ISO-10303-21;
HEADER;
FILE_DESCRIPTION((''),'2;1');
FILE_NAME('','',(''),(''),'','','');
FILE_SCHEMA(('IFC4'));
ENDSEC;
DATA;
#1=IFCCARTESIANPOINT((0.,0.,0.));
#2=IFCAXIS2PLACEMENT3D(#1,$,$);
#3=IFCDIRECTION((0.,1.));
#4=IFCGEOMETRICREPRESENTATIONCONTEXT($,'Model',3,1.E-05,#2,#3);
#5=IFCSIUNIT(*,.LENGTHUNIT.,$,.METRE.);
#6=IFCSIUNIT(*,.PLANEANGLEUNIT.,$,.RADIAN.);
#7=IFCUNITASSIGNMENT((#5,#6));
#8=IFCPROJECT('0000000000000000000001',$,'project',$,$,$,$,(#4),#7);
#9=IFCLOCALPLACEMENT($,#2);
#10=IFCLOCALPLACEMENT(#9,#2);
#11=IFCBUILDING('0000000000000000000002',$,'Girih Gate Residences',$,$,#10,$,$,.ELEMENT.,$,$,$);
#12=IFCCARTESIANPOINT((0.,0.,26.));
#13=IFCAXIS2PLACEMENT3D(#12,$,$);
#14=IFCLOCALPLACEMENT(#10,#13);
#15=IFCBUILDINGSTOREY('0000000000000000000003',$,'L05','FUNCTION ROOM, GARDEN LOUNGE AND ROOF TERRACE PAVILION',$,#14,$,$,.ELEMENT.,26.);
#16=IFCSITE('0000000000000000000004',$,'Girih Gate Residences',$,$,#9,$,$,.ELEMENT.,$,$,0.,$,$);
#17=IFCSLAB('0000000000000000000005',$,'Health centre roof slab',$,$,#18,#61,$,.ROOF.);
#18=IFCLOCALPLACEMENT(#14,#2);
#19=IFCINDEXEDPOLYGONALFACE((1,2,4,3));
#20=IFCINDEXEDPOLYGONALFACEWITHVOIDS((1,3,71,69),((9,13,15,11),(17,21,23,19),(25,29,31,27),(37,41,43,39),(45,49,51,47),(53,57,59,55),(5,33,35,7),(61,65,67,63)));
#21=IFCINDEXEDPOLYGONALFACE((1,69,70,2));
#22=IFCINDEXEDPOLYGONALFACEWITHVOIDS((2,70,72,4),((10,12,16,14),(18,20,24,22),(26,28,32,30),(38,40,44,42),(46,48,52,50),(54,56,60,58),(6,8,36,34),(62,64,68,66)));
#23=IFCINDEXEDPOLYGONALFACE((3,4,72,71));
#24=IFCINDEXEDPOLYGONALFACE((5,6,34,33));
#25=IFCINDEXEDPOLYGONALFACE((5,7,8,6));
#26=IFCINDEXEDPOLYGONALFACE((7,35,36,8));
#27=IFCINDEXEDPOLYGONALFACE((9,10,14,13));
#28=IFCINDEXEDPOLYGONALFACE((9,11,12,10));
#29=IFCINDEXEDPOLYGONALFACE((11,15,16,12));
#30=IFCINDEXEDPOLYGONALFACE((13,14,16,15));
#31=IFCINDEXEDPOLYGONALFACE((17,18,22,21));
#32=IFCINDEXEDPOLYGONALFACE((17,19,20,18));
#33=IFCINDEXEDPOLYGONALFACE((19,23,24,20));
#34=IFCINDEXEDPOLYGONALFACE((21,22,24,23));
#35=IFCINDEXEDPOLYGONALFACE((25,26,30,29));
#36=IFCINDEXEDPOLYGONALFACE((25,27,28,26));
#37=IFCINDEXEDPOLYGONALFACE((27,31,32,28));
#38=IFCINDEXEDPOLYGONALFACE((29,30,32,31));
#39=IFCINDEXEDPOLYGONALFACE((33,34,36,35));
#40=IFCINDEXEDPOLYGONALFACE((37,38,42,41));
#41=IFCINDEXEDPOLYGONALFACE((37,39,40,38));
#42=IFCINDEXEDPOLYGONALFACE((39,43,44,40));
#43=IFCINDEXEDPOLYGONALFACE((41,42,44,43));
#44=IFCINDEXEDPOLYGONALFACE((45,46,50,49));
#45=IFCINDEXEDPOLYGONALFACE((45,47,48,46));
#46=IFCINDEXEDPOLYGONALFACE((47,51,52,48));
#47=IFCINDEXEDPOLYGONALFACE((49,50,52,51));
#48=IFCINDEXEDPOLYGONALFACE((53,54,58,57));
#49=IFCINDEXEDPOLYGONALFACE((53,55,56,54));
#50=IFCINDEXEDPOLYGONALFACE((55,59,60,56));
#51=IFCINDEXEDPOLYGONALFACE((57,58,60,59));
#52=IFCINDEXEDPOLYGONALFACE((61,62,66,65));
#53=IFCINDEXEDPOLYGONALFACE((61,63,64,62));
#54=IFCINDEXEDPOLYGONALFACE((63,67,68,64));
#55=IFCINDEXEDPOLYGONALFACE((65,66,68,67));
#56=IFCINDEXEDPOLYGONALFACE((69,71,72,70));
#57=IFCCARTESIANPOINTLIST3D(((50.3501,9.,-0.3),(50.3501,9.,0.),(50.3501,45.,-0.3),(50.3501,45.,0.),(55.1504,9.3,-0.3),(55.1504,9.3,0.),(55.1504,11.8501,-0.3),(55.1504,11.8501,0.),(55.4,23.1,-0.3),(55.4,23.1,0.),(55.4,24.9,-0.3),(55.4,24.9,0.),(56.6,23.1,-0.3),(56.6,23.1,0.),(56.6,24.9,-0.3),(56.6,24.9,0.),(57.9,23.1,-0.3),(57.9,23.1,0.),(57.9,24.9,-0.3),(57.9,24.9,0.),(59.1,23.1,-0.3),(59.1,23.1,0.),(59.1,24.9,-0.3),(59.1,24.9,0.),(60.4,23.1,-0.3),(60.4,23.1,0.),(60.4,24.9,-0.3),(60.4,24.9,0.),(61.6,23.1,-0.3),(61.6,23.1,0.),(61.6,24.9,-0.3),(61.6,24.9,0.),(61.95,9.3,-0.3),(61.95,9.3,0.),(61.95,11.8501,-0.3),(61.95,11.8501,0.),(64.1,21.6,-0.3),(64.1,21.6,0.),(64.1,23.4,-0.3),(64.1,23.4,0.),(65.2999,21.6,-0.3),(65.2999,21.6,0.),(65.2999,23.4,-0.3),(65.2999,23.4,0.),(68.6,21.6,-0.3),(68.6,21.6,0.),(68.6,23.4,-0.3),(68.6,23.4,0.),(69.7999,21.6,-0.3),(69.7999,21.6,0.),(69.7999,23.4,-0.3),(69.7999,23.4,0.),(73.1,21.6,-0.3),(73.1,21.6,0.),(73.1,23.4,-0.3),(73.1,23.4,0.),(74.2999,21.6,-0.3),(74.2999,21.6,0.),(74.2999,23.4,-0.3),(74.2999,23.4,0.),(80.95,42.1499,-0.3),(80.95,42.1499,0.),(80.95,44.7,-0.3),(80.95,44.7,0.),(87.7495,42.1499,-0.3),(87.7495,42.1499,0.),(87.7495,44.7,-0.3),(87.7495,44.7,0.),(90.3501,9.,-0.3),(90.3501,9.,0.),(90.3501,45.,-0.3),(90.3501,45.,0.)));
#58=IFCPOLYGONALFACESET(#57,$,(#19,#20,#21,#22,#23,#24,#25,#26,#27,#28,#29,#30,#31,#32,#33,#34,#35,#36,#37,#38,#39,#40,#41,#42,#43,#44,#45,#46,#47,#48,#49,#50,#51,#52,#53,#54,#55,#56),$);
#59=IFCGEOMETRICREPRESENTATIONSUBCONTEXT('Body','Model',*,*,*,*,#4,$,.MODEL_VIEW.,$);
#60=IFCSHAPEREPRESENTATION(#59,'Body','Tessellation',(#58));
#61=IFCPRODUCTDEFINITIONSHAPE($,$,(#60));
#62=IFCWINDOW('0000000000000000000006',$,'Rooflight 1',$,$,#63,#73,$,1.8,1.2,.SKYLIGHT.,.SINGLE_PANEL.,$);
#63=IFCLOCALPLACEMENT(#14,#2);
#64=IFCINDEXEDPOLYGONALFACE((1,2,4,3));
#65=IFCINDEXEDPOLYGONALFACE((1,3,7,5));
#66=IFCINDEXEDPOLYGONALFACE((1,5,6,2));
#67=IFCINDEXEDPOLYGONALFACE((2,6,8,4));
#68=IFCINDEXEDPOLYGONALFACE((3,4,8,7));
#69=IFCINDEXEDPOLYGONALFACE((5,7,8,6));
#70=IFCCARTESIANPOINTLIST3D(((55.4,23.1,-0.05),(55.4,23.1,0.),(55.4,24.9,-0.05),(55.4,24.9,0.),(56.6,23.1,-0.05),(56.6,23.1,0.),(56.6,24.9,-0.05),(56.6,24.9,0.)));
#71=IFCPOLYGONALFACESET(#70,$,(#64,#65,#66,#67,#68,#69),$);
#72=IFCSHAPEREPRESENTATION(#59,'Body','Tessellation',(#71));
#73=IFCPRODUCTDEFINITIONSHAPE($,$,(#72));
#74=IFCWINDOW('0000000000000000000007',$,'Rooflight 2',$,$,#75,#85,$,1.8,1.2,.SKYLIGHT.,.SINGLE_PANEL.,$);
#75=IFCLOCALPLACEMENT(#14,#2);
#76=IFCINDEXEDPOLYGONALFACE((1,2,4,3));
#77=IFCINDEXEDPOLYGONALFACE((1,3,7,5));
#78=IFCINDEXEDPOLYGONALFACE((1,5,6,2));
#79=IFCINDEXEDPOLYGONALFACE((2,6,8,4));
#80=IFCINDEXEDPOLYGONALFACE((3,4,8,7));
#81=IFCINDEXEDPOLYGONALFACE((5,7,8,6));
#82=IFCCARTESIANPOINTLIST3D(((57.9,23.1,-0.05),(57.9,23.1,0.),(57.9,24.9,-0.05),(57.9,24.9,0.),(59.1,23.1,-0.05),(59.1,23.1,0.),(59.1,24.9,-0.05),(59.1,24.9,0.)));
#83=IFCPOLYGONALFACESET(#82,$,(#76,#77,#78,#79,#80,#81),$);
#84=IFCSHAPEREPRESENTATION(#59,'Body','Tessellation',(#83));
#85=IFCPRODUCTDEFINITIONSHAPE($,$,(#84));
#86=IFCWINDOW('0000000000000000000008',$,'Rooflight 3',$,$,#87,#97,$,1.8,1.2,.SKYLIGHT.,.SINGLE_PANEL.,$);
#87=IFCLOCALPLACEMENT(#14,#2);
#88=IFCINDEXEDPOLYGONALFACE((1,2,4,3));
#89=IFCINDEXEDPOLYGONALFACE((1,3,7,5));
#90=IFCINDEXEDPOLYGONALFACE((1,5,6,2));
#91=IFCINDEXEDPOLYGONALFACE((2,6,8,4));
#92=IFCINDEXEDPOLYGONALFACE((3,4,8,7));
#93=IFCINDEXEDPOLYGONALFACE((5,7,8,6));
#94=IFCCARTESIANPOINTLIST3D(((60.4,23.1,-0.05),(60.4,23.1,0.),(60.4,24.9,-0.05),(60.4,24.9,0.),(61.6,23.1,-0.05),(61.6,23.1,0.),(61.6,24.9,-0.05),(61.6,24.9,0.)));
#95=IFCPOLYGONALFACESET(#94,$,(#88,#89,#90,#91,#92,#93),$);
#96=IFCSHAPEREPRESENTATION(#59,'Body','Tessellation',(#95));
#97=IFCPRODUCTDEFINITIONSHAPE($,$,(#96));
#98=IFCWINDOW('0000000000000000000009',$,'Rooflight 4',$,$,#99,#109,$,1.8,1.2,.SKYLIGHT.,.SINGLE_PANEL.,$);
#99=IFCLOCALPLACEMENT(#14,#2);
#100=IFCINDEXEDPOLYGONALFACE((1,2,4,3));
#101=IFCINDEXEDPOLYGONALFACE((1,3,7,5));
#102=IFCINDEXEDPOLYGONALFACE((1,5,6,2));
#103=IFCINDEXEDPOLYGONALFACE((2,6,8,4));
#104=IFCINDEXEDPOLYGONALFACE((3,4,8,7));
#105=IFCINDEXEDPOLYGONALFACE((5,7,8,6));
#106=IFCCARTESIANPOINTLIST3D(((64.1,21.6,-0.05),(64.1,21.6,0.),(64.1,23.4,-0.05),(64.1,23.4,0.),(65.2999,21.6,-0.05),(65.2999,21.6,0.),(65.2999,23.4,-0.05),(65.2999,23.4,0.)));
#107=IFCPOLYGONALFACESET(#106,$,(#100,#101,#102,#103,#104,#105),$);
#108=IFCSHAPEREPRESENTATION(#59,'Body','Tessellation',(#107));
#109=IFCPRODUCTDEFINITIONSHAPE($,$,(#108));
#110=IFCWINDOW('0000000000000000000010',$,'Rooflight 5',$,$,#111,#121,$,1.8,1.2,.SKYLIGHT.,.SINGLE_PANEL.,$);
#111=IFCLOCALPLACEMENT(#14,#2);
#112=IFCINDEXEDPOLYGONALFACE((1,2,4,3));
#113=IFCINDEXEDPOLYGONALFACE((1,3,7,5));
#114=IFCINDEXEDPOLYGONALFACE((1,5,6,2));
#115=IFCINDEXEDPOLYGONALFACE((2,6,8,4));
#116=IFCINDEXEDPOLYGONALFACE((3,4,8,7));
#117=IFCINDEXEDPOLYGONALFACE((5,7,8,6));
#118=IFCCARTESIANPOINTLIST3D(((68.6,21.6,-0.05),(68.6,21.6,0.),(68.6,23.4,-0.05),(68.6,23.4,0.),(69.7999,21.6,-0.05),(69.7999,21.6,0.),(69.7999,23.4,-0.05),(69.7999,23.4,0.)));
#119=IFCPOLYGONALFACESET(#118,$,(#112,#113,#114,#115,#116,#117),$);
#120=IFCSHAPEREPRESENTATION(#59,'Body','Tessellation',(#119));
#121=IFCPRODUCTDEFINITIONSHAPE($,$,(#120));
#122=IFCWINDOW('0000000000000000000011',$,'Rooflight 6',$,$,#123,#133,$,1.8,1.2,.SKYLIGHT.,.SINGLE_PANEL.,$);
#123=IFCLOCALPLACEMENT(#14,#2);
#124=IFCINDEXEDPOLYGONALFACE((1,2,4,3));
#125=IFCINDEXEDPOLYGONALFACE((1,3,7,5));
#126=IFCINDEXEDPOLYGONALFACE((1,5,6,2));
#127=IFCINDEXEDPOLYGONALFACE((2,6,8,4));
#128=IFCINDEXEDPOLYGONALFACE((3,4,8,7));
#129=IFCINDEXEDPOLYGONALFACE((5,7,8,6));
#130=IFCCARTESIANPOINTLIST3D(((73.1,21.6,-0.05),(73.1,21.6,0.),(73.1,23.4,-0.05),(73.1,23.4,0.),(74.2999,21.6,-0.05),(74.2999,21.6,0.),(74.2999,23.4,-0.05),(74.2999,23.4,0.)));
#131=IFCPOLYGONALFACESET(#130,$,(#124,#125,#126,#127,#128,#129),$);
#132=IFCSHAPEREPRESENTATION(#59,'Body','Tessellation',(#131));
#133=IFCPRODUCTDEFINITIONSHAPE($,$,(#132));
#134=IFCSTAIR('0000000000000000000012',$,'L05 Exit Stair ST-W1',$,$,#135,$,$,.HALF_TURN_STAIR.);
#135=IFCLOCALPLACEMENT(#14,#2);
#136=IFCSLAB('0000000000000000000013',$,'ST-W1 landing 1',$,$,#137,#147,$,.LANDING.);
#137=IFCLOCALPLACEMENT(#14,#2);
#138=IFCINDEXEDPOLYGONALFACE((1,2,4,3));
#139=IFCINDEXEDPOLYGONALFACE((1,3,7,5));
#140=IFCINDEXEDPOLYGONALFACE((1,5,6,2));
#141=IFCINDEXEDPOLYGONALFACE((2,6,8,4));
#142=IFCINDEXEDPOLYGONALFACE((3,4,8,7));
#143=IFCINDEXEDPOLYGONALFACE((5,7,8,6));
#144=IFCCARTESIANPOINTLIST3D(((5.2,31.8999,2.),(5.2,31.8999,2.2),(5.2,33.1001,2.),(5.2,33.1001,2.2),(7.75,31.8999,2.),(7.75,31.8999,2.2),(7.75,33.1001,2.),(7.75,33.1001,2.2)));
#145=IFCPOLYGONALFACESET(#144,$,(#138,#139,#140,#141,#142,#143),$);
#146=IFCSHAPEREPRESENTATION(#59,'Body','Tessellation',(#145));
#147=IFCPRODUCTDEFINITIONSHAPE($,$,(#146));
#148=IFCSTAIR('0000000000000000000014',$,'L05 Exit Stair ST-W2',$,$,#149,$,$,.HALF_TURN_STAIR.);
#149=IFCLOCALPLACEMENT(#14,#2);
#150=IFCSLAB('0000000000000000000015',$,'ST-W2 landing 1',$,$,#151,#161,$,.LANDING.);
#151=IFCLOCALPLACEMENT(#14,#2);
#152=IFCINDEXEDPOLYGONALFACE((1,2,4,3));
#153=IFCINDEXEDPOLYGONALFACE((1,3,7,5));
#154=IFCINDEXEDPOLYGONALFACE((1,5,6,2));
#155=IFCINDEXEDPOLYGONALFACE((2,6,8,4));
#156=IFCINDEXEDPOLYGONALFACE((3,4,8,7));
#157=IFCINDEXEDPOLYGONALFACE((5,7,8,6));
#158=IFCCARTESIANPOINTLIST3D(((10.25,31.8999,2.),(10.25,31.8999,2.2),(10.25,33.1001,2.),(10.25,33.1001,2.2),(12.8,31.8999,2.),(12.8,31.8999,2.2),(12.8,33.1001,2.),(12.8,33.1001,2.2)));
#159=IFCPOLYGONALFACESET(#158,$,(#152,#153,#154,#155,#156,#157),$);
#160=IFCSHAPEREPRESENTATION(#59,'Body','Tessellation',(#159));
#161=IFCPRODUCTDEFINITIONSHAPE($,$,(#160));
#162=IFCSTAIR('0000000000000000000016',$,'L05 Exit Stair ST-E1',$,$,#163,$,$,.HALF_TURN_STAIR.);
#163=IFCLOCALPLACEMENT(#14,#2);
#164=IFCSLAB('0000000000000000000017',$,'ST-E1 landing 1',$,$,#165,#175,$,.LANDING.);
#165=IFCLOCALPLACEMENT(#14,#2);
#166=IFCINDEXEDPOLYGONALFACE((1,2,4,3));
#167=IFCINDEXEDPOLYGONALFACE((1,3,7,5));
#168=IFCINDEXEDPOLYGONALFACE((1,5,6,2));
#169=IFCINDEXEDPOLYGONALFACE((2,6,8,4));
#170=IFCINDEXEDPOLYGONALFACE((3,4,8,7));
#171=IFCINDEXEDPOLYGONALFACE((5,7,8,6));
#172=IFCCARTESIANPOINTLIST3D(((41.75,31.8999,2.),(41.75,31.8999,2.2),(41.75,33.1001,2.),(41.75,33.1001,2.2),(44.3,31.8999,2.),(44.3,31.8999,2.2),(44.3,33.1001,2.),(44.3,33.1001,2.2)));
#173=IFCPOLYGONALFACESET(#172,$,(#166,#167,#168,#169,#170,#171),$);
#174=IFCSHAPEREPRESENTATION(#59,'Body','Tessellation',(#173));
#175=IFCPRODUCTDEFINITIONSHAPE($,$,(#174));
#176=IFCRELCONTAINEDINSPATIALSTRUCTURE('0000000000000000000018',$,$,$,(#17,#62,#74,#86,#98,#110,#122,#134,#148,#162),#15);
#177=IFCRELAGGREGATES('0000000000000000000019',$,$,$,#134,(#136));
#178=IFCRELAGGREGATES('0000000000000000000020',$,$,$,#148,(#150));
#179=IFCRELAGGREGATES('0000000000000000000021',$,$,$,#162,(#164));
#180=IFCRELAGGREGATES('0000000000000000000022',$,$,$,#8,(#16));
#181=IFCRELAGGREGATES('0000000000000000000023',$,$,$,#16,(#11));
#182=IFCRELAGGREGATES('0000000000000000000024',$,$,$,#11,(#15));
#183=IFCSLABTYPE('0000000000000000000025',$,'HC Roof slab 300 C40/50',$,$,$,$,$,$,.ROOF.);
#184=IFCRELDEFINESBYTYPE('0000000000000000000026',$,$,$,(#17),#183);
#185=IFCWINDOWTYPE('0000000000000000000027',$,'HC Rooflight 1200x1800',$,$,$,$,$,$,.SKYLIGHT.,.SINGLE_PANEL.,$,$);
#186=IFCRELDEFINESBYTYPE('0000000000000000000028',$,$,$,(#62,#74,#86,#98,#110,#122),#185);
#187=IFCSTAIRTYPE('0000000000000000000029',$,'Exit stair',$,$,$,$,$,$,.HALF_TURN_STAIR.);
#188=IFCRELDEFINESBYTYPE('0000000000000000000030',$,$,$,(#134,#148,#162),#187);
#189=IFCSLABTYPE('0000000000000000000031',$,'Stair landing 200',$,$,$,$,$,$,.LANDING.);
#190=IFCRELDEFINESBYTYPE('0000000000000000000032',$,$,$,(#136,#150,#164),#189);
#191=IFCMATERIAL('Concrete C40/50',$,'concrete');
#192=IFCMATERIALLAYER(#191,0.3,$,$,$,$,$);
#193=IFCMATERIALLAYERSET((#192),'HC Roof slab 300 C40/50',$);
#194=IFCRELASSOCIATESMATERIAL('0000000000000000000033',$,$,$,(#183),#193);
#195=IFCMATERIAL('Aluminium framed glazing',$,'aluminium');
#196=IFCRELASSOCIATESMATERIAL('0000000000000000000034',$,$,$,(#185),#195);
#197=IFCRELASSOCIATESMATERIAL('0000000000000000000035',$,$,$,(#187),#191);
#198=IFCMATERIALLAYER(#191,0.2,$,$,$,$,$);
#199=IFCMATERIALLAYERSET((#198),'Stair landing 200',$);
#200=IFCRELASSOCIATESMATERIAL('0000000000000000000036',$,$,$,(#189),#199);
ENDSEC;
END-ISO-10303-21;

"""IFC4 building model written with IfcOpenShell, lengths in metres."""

from ifc_helpers import new_model, si_unit, direction, frame, origin, origin_2d, place, context, subcontext, project, spatial, polyline, rectangle, outline, extrude, material, layer, layer_set, type_object, element, fill, aggregate, save


model = new_model("IFC4")

# Units and contexts
model_context = context("Model", 3, precision=1e-05, world=origin(), true_north=direction((0.0, 1.0)))
body_context = subcontext(model_context, "Body", "Model", "MODEL_VIEW")
ifc_project = project(units=[si_unit("LENGTHUNIT", "METRE"), si_unit("PLANEANGLEUNIT", "RADIAN")], contexts=[model_context])

# Site, building, storey
site_placement = place(None, origin())
site = spatial("IfcSite", under=ifc_project, at=site_placement, Name="Girih Gate Residences", CompositionType="ELEMENT", RefElevation=0.0)
building_placement = place(site_placement, origin())
building = spatial("IfcBuilding", under=site, at=building_placement, Name="Girih Gate Residences", CompositionType="ELEMENT")
storey_placement = place(building_placement, frame((0.0, 0.0, 26.0)))
storey = spatial("IfcBuildingStorey", under=building, at=storey_placement, Name="L05", Description="FUNCTION ROOM, GARDEN LOUNGE AND ROOF TERRACE PAVILION", CompositionType="ELEMENT", Elevation=26.0)

# Shared definitions
ifc_material_1 = material(Name="Concrete C40/50", Category="concrete")

# Slab, openings, windows
ifc_layer_1 = layer(ifc_material_1, 0.3)
ifc_layer_set_1 = layer_set([ifc_layer_1], Name="HC Roof slab 300 C40/50")
slab_type_1 = type_object("IfcSlabType", Name="HC Roof slab 300 C40/50", PredefinedType="ROOF", material=ifc_layer_set_1)
slab_1_placement = place(storey_placement, frame((0.0, 0.0, -0.3)))
slab_1 = element("IfcSlab", 1, at=slab_1_placement, inside=storey, type_object=slab_type_1, Name="Health centre roof slab", PredefinedType="ROOF", context=body_context, shape_type="SweptSolid", body=[
    extrude(outline(polyline([(50.3501, 9.0), (90.3501, 9.0), (90.3501, 45.0), (50.3501, 45.0), (50.3501, 9.0)]), holes=[polyline([(55.1504, 9.3), (61.95, 9.3), (61.95, 11.8501), (55.1504, 11.8501), (55.1504, 9.3)]), polyline([(87.7495, 44.7), (80.95, 44.7), (80.95, 42.1499), (87.7495, 42.1499), (87.7495, 44.7)])]), origin(), (0.0, 0.0, 1.0), 0.3),
])
opening_1_placement = place(slab_1_placement, frame((56.0, 24.0, 0.0)))
opening_1 = element("IfcOpeningElement", 2, at=opening_1_placement, cuts=slab_1, PredefinedType="OPENING", context=body_context, shape_type="SweptSolid", body=[
    extrude(rectangle(XDim=1.2, YDim=1.8, at=origin_2d()), frame((0.0, 0.0, -0.01)), (0.0, 0.0, 1.0), 0.3201),
])
opening_2_placement = place(slab_1_placement, frame((58.5, 24.0, 0.0)))
opening_2 = element("IfcOpeningElement", 3, at=opening_2_placement, cuts=slab_1, PredefinedType="OPENING", context=body_context, shape_type="SweptSolid", body=[
    extrude(rectangle(XDim=1.2, YDim=1.8, at=origin_2d()), frame((0.0, 0.0, -0.01)), (0.0, 0.0, 1.0), 0.3201),
])
opening_3_placement = place(slab_1_placement, frame((61.0, 24.0, 0.0)))
opening_3 = element("IfcOpeningElement", 4, at=opening_3_placement, cuts=slab_1, PredefinedType="OPENING", context=body_context, shape_type="SweptSolid", body=[
    extrude(rectangle(XDim=1.2, YDim=1.8, at=origin_2d()), frame((0.0, 0.0, -0.01)), (0.0, 0.0, 1.0), 0.3201),
])
opening_4_placement = place(slab_1_placement, frame((64.7, 22.5, 0.0)))
opening_4 = element("IfcOpeningElement", 5, at=opening_4_placement, cuts=slab_1, PredefinedType="OPENING", context=body_context, shape_type="SweptSolid", body=[
    extrude(rectangle(XDim=1.2, YDim=1.8, at=origin_2d()), frame((0.0, 0.0, -0.01)), (0.0, 0.0, 1.0), 0.3201),
])
opening_5_placement = place(slab_1_placement, frame((69.2, 22.5, 0.0)))
opening_5 = element("IfcOpeningElement", 6, at=opening_5_placement, cuts=slab_1, PredefinedType="OPENING", context=body_context, shape_type="SweptSolid", body=[
    extrude(rectangle(XDim=1.2, YDim=1.8, at=origin_2d()), frame((0.0, 0.0, -0.01)), (0.0, 0.0, 1.0), 0.3201),
])
opening_6_placement = place(slab_1_placement, frame((73.7, 22.5, 0.0)))
opening_6 = element("IfcOpeningElement", 7, at=opening_6_placement, cuts=slab_1, PredefinedType="OPENING", context=body_context, shape_type="SweptSolid", body=[
    extrude(rectangle(XDim=1.2, YDim=1.8, at=origin_2d()), frame((0.0, 0.0, -0.01)), (0.0, 0.0, 1.0), 0.3201),
])
ifc_material_2 = material(Name="Aluminium framed glazing", Category="aluminium")
window_type_1 = type_object("IfcWindowType", Name="HC Rooflight 1200x1800", PartitioningType="SINGLE_PANEL", PredefinedType="SKYLIGHT", material=ifc_material_2)
window_1_placement = place(opening_1_placement, frame((0.0, 0.0, 0.25)))
window_1 = element("IfcWindow", 8, at=window_1_placement, inside=storey, type_object=window_type_1, Name="Rooflight 1", OverallHeight=1.8, OverallWidth=1.2, PartitioningType="SINGLE_PANEL", PredefinedType="SKYLIGHT", context=body_context, shape_type="SweptSolid", body=[
    extrude(rectangle(XDim=1.2, YDim=1.8, at=origin_2d()), origin(), (0.0, 0.0, 1.0), 0.05),
])
fill(opening_1, window_1)
window_2_placement = place(opening_2_placement, frame((0.0, 0.0, 0.25)))
window_2 = element("IfcWindow", 9, at=window_2_placement, inside=storey, type_object=window_type_1, Name="Rooflight 2", OverallHeight=1.8, OverallWidth=1.2, PartitioningType="SINGLE_PANEL", PredefinedType="SKYLIGHT", context=body_context, shape_type="SweptSolid", body=[
    extrude(rectangle(XDim=1.2, YDim=1.8, at=origin_2d()), origin(), (0.0, 0.0, 1.0), 0.05),
])
fill(opening_2, window_2)
window_3_placement = place(opening_3_placement, frame((0.0, 0.0, 0.25)))
window_3 = element("IfcWindow", 10, at=window_3_placement, inside=storey, type_object=window_type_1, Name="Rooflight 3", OverallHeight=1.8, OverallWidth=1.2, PartitioningType="SINGLE_PANEL", PredefinedType="SKYLIGHT", context=body_context, shape_type="SweptSolid", body=[
    extrude(rectangle(XDim=1.2, YDim=1.8, at=origin_2d()), origin(), (0.0, 0.0, 1.0), 0.05),
])
fill(opening_3, window_3)
window_4_placement = place(opening_4_placement, frame((0.0, 0.0, 0.25)))
window_4 = element("IfcWindow", 11, at=window_4_placement, inside=storey, type_object=window_type_1, Name="Rooflight 4", OverallHeight=1.8, OverallWidth=1.2, PartitioningType="SINGLE_PANEL", PredefinedType="SKYLIGHT", context=body_context, shape_type="SweptSolid", body=[
    extrude(rectangle(XDim=1.2, YDim=1.8, at=origin_2d()), origin(), (0.0, 0.0, 1.0), 0.05),
])
fill(opening_4, window_4)
window_5_placement = place(opening_5_placement, frame((0.0, 0.0, 0.25)))
window_5 = element("IfcWindow", 12, at=window_5_placement, inside=storey, type_object=window_type_1, Name="Rooflight 5", OverallHeight=1.8, OverallWidth=1.2, PartitioningType="SINGLE_PANEL", PredefinedType="SKYLIGHT", context=body_context, shape_type="SweptSolid", body=[
    extrude(rectangle(XDim=1.2, YDim=1.8, at=origin_2d()), origin(), (0.0, 0.0, 1.0), 0.05),
])
fill(opening_5, window_5)
window_6_placement = place(opening_6_placement, frame((0.0, 0.0, 0.25)))
window_6 = element("IfcWindow", 13, at=window_6_placement, inside=storey, type_object=window_type_1, Name="Rooflight 6", OverallHeight=1.8, OverallWidth=1.2, PartitioningType="SINGLE_PANEL", PredefinedType="SKYLIGHT", context=body_context, shape_type="SweptSolid", body=[
    extrude(rectangle(XDim=1.2, YDim=1.8, at=origin_2d()), origin(), (0.0, 0.0, 1.0), 0.05),
])
fill(opening_6, window_6)

# Stairs, slabs
stair_type = type_object("IfcStairType", Name="Exit stair", PredefinedType="HALF_TURN_STAIR", material=ifc_material_1)
stair_1_placement = place(storey_placement, origin())
stair_1 = element("IfcStair", 14, at=stair_1_placement, inside=storey, type_object=stair_type, Name="L05 Exit Stair ST-W1", PredefinedType="HALF_TURN_STAIR")
ifc_layer_2 = layer(ifc_material_1, 0.2)
ifc_layer_set_2 = layer_set([ifc_layer_2], Name="Stair landing 200")
slab_type_2 = type_object("IfcSlabType", Name="Stair landing 200", PredefinedType="LANDING", material=ifc_layer_set_2)
slab_2_placement = place(storey_placement, frame((0.0, 0.0, 2.0)))
slab_2 = element("IfcSlab", 15, at=slab_2_placement, type_object=slab_type_2, Name="ST-W1 landing 1", PredefinedType="LANDING", context=body_context, shape_type="SweptSolid", body=[
    extrude(outline(polyline([(7.75, 31.8999), (7.75, 33.1001), (5.2, 33.1001), (5.2, 31.8999), (7.75, 31.8999)])), origin(), (0.0, 0.0, 1.0), 0.2),
])
aggregate(stair_1, [slab_2])
stair_2_placement = place(storey_placement, origin())
stair_2 = element("IfcStair", 16, at=stair_2_placement, inside=storey, type_object=stair_type, Name="L05 Exit Stair ST-W2", PredefinedType="HALF_TURN_STAIR")
slab_3_placement = place(storey_placement, frame((0.0, 0.0, 2.0)))
slab_3 = element("IfcSlab", 17, at=slab_3_placement, type_object=slab_type_2, Name="ST-W2 landing 1", PredefinedType="LANDING", context=body_context, shape_type="SweptSolid", body=[
    extrude(outline(polyline([(12.8, 31.8999), (12.8, 33.1001), (10.25, 33.1001), (10.25, 31.8999), (12.8, 31.8999)])), origin(), (0.0, 0.0, 1.0), 0.2),
])
aggregate(stair_2, [slab_3])
stair_3_placement = place(storey_placement, origin())
stair_3 = element("IfcStair", 18, at=stair_3_placement, inside=storey, type_object=stair_type, Name="L05 Exit Stair ST-E1", PredefinedType="HALF_TURN_STAIR")
slab_4_placement = place(storey_placement, frame((0.0, 0.0, 2.0)))
slab_4 = element("IfcSlab", 19, at=slab_4_placement, type_object=slab_type_2, Name="ST-E1 landing 1", PredefinedType="LANDING", context=body_context, shape_type="SweptSolid", body=[
    extrude(outline(polyline([(44.3, 31.8999), (44.3, 33.1001), (41.75, 33.1001), (41.75, 31.8999), (44.3, 31.8999)])), origin(), (0.0, 0.0, 1.0), 0.2),
])
aggregate(stair_3, [slab_4])

save(model, "model.ifc")
